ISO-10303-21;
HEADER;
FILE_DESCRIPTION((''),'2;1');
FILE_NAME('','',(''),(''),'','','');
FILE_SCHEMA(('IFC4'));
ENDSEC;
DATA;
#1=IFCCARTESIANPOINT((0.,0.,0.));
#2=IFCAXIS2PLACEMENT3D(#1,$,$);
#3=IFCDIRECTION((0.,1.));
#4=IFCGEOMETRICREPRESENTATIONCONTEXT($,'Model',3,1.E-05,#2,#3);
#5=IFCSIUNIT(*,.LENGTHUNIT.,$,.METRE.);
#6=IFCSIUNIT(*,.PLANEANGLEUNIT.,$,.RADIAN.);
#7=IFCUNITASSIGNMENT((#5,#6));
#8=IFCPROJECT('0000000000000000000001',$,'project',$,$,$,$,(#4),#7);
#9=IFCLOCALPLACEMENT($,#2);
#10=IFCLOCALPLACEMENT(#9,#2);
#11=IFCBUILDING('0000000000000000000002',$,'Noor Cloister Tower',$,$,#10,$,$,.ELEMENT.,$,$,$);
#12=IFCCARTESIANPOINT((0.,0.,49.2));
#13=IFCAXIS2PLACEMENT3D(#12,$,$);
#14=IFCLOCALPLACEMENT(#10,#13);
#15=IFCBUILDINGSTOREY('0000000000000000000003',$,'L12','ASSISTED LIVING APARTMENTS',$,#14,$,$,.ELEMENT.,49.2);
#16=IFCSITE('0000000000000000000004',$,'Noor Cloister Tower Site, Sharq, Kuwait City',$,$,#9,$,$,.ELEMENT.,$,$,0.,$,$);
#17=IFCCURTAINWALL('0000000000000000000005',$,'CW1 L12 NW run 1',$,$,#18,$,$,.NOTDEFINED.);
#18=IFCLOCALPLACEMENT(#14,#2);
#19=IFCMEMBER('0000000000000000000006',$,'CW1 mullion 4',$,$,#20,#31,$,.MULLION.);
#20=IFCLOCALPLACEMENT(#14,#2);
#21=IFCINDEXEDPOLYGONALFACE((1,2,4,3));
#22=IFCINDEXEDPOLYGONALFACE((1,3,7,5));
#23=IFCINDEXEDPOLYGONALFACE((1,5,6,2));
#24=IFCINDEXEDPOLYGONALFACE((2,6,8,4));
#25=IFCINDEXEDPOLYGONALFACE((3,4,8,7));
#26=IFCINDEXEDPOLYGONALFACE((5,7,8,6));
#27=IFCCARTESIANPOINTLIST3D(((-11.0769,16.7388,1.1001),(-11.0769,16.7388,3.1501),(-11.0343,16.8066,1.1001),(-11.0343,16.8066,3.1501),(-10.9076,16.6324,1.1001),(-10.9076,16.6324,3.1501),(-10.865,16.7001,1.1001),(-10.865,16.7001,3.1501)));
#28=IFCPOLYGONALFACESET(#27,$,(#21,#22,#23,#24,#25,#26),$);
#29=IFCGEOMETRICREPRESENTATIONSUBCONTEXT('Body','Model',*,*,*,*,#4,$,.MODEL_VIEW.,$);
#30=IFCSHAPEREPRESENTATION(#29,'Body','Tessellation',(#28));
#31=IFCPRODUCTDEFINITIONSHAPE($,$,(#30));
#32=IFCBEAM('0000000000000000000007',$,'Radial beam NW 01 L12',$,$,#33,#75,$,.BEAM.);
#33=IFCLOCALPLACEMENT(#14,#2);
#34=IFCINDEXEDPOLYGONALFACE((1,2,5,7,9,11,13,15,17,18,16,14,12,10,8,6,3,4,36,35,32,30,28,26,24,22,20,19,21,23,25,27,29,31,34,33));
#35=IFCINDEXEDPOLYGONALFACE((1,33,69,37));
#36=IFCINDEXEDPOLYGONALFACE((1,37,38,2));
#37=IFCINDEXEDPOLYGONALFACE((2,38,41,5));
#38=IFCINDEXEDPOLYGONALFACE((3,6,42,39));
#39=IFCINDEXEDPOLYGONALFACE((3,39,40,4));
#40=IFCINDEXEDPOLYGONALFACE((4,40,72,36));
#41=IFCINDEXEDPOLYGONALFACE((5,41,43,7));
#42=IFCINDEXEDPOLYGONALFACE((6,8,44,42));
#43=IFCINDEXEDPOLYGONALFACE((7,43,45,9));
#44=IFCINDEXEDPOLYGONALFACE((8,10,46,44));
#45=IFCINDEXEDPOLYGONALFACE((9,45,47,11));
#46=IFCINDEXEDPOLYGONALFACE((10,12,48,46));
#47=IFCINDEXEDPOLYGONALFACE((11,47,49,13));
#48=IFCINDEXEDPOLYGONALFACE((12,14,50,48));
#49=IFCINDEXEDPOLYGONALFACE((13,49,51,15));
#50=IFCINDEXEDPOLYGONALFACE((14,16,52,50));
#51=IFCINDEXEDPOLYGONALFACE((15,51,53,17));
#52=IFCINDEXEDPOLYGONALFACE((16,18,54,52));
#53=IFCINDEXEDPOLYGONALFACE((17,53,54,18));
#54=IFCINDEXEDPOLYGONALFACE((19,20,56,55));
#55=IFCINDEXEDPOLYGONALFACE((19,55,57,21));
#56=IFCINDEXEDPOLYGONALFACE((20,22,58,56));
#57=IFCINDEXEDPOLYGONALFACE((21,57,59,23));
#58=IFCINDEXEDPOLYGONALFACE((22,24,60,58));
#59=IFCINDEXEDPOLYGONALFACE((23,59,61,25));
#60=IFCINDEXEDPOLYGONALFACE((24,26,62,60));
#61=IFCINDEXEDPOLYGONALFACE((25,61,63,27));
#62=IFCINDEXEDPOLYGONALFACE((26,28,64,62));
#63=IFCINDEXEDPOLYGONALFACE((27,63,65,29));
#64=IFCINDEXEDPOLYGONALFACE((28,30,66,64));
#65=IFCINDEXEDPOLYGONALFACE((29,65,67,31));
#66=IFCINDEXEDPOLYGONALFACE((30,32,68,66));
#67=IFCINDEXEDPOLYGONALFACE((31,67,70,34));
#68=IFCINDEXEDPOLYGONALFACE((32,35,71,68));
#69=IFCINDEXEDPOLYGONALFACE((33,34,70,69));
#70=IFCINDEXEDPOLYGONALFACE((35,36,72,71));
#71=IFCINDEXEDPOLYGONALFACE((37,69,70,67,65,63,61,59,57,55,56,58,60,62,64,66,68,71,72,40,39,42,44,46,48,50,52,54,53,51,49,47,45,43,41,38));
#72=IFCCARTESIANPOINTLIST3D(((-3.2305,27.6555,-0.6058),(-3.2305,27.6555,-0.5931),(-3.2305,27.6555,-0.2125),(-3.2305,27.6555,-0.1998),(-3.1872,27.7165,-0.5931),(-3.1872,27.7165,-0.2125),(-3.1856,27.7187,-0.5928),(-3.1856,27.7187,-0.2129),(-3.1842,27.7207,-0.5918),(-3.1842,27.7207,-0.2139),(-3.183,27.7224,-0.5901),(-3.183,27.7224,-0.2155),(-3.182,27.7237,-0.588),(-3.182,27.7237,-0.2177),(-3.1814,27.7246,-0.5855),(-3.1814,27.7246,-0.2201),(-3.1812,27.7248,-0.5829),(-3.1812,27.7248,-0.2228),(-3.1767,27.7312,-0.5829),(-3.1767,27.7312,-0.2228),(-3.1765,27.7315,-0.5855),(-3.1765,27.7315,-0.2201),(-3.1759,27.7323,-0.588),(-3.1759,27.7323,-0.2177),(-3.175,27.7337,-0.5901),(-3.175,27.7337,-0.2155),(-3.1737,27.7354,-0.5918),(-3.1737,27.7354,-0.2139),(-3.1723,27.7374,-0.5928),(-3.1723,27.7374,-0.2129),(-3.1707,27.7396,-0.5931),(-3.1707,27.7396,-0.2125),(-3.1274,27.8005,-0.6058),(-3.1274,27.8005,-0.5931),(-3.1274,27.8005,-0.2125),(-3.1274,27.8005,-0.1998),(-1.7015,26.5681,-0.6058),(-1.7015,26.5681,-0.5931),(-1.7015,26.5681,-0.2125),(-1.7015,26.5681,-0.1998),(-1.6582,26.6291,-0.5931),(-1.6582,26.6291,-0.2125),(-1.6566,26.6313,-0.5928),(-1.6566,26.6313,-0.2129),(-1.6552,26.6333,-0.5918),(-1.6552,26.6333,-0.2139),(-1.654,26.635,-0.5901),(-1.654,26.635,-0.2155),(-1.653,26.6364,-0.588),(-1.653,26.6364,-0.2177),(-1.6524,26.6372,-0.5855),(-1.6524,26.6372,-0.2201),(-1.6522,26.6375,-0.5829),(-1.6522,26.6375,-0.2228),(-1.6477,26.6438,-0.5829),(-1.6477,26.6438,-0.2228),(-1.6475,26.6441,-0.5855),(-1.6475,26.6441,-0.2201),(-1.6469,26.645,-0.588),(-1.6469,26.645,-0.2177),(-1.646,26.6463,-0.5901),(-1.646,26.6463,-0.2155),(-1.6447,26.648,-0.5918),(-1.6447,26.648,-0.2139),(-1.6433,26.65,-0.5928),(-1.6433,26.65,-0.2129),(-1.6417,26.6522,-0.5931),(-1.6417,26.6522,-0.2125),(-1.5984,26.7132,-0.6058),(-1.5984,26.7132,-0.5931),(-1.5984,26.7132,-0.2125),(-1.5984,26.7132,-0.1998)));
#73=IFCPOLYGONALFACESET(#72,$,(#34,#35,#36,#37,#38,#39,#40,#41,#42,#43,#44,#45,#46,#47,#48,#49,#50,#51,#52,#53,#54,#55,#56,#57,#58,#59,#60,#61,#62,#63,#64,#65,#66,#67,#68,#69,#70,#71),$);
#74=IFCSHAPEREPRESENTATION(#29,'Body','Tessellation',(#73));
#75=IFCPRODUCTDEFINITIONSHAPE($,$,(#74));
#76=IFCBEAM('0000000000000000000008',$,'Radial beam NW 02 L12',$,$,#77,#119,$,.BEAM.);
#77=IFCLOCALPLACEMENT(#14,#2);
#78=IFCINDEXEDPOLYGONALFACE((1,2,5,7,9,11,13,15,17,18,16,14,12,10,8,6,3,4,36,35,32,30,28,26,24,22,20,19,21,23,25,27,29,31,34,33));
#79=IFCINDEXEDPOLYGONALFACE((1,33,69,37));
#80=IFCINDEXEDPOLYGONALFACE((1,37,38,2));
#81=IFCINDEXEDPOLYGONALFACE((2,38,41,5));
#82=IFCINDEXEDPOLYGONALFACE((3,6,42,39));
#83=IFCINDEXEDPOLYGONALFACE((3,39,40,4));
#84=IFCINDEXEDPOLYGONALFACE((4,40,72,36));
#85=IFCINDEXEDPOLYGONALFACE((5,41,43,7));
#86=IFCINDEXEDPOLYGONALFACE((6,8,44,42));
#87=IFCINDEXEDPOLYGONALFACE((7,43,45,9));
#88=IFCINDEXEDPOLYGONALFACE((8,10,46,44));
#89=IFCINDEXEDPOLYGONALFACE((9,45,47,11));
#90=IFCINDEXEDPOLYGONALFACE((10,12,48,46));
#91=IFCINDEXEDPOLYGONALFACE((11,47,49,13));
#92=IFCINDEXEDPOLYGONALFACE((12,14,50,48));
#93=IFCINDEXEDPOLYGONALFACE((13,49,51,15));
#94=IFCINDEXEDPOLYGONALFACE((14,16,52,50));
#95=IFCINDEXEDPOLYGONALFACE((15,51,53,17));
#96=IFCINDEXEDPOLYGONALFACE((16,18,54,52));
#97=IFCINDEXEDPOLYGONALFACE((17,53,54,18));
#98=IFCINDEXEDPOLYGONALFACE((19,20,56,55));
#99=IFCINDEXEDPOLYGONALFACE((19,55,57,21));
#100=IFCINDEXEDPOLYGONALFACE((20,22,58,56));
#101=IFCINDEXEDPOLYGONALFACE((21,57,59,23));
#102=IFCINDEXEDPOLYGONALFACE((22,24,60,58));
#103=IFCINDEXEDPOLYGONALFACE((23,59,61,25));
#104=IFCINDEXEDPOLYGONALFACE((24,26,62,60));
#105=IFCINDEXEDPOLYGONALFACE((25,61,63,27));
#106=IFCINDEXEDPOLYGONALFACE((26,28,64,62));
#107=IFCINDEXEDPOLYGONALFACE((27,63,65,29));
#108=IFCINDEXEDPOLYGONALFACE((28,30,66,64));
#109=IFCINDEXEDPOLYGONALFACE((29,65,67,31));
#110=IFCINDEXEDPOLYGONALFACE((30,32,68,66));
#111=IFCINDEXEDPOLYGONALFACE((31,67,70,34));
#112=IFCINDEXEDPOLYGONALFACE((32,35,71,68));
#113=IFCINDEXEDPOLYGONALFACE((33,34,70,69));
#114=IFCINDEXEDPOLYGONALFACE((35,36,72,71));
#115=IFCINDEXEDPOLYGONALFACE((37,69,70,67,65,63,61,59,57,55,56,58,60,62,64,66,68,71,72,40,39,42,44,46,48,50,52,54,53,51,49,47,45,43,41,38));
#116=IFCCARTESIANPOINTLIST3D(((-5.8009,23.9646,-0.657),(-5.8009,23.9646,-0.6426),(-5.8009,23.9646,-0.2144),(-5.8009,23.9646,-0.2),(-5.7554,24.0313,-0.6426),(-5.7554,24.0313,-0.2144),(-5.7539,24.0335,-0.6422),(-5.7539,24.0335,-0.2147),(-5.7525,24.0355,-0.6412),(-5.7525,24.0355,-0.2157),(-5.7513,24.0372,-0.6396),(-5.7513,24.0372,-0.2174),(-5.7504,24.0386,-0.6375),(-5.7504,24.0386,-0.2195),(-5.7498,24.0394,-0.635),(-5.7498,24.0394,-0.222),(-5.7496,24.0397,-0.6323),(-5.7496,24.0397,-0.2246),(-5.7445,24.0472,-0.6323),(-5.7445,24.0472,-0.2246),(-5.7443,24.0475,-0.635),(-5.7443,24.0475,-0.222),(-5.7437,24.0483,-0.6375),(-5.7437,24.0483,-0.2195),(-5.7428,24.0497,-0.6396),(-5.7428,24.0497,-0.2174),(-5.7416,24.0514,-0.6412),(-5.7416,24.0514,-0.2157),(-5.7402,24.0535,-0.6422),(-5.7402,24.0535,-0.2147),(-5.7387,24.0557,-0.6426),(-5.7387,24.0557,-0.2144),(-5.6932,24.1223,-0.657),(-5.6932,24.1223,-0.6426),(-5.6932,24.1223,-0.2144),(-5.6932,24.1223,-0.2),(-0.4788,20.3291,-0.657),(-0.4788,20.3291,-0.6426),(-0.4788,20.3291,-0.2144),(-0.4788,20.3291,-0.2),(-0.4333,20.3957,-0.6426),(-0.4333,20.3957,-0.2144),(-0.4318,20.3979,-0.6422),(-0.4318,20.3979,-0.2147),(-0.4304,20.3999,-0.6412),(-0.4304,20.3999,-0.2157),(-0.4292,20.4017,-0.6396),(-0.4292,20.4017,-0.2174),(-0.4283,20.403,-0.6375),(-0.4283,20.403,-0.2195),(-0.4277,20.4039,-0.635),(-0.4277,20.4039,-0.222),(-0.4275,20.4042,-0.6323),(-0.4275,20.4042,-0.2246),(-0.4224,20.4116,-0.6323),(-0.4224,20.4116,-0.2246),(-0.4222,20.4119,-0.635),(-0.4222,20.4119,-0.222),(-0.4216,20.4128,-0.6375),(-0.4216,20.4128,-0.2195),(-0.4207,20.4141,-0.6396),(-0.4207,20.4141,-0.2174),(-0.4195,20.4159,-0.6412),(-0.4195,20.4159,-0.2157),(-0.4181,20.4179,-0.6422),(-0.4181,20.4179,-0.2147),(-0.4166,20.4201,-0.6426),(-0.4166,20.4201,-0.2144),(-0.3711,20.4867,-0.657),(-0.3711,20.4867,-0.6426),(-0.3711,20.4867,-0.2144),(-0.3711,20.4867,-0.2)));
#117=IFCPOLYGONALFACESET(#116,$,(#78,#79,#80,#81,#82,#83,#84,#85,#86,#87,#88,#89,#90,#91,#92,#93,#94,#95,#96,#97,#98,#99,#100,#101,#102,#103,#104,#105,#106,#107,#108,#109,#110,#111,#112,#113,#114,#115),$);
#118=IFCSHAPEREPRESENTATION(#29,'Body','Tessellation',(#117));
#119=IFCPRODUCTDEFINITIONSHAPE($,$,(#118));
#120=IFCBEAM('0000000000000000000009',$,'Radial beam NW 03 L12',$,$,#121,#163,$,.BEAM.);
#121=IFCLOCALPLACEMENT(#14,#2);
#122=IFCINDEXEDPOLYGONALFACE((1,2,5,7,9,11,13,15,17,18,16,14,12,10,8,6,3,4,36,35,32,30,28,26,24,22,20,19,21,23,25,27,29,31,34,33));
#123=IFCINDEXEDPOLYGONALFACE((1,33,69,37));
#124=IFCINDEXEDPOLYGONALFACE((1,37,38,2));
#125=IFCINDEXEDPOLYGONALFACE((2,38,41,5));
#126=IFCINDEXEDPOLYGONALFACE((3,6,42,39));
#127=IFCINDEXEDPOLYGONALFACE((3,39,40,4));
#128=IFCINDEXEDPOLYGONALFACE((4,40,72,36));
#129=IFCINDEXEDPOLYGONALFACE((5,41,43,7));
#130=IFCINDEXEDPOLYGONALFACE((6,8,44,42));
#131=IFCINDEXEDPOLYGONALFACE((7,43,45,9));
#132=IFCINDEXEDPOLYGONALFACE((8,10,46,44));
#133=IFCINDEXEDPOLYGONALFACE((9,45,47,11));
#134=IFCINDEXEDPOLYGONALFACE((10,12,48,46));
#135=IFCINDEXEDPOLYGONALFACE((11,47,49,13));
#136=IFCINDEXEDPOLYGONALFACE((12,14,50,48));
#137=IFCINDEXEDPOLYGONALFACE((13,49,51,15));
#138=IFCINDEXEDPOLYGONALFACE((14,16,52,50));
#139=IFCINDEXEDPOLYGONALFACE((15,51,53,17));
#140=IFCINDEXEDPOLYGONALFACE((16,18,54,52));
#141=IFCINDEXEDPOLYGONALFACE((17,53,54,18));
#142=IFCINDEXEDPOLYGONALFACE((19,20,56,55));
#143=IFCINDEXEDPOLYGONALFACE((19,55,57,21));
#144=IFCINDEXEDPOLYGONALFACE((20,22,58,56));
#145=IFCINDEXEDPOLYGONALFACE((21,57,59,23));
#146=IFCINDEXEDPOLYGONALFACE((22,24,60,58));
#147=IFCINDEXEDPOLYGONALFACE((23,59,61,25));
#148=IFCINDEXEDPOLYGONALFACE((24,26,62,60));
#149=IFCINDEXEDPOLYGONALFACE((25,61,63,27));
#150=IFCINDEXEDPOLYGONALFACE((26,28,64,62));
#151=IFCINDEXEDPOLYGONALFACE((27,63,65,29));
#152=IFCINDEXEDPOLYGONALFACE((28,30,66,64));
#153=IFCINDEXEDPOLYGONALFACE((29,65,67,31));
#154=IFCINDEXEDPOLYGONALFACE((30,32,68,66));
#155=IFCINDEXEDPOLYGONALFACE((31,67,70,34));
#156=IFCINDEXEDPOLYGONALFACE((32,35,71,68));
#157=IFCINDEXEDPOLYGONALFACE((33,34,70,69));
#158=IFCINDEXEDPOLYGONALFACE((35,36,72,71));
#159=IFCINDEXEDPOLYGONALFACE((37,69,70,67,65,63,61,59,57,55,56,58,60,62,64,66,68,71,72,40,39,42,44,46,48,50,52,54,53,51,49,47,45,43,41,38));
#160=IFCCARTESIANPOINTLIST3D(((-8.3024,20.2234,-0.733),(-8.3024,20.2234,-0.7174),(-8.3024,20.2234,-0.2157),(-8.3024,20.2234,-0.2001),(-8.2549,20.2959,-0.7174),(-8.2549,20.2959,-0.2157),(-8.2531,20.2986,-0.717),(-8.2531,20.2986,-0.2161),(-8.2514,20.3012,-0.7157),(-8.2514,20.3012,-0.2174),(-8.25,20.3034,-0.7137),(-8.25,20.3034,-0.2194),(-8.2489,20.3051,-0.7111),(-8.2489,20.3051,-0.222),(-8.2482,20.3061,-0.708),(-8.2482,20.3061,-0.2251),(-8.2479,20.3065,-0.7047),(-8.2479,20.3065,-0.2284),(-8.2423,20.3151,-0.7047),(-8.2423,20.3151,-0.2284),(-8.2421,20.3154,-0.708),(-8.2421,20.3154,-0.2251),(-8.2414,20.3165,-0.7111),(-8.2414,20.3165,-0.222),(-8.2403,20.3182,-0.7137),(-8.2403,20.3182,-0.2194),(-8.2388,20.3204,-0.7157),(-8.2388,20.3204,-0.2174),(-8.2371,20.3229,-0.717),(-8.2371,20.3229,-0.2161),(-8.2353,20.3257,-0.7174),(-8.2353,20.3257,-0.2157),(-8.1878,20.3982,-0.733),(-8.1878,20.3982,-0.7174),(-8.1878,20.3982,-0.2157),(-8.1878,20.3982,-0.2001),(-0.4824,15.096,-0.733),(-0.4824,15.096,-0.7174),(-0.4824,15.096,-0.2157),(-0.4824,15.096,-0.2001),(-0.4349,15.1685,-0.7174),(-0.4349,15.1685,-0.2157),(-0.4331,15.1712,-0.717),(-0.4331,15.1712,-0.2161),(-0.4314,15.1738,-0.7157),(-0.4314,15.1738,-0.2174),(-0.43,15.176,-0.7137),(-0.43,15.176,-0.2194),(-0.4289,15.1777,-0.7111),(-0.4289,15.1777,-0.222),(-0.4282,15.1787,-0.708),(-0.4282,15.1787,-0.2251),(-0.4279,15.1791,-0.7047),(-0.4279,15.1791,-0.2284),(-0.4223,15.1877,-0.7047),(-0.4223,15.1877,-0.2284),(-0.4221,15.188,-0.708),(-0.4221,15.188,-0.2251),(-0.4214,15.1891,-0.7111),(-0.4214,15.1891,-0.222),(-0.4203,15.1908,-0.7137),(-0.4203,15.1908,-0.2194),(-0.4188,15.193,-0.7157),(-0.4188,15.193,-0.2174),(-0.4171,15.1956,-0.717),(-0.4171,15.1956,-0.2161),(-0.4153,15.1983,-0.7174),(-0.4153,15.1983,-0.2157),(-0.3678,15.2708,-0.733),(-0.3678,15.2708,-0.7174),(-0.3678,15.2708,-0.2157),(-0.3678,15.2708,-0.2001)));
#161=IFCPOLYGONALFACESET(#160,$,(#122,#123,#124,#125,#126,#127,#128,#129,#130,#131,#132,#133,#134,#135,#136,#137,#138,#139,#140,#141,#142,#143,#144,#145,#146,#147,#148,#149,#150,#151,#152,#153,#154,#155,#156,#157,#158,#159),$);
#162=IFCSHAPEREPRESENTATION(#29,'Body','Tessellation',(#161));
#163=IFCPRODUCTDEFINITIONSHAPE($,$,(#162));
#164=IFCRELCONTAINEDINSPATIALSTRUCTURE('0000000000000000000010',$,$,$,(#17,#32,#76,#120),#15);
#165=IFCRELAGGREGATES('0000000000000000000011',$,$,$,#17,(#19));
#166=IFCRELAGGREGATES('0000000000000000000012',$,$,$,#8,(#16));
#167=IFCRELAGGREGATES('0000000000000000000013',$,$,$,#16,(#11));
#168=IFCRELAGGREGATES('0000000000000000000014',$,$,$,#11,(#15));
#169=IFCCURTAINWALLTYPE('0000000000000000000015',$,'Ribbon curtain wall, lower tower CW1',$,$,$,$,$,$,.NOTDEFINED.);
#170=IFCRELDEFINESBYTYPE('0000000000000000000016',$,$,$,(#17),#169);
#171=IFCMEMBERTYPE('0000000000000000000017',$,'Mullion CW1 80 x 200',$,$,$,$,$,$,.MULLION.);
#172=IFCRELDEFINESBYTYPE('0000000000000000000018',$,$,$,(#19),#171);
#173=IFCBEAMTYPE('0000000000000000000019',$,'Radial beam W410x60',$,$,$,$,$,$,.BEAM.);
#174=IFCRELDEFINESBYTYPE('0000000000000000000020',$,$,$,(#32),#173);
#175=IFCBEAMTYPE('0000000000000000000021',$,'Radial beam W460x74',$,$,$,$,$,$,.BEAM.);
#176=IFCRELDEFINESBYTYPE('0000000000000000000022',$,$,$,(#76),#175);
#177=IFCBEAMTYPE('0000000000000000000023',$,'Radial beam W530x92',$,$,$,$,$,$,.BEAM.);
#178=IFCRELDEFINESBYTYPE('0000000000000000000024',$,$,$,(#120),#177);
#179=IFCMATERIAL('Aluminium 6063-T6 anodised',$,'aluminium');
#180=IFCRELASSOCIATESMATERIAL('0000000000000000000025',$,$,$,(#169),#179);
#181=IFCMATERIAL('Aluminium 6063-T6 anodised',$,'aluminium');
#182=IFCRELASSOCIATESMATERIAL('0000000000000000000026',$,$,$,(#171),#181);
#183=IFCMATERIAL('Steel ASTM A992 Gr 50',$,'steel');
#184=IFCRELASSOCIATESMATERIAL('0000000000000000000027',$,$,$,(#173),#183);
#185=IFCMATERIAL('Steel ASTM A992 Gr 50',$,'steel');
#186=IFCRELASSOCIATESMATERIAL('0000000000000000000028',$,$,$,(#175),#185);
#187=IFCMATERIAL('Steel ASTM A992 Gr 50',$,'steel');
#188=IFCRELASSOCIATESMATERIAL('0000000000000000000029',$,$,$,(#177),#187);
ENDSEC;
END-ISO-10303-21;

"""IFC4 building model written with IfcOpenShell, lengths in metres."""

from ifc_helpers import new_model, si_unit, direction, frame, origin, origin_2d, place, context, subcontext, project, spatial, rectangle, i_section, extrude, material, material_profile, profile_set, type_object, element, aggregate, save


model = new_model("IFC4")

# Units and contexts
model_context = context("Model", 3, precision=1e-05, world=origin(), true_north=direction((0.0, 1.0)))
body_context = subcontext(model_context, "Body", "Model", "MODEL_VIEW")
ifc_project = project(units=[si_unit("LENGTHUNIT", "METRE"), si_unit("PLANEANGLEUNIT", "RADIAN")], contexts=[model_context])

# Site, building, storey
site_placement = place(None, origin())
site = spatial("IfcSite", under=ifc_project, at=site_placement, Name="Noor Cloister Tower Site, Sharq, Kuwait City", CompositionType="ELEMENT", RefElevation=0.0)
building_placement = place(site_placement, origin())
building = spatial("IfcBuilding", under=site, at=building_placement, Name="Noor Cloister Tower", CompositionType="ELEMENT")
storey_placement = place(building_placement, frame((0.0, 0.0, 49.2)))
storey = spatial("IfcBuildingStorey", under=building, at=storey_placement, Name="L12", Description="ASSISTED LIVING APARTMENTS", CompositionType="ELEMENT", Elevation=49.2)

# Curtain wall, member
ifc_material_1 = material(Name="Aluminium 6063-T6 anodised", Category="aluminium")
curtain_wall_type = type_object("IfcCurtainWallType", Name="Ribbon curtain wall, lower tower CW1", PredefinedType="NOTDEFINED", material=ifc_material_1)
curtain_wall_placement = place(storey_placement, origin())
curtain_wall = element("IfcCurtainWall", 1, at=curtain_wall_placement, inside=storey, type_object=curtain_wall_type, Name="CW1 L12 NW run 1", PredefinedType="NOTDEFINED")
ifc_material_2 = material(Name="Aluminium 6063-T6 anodised", Category="aluminium")
ifc_material_profile_1 = material_profile(ifc_material_2, rectangle(XDim=0.2, YDim=0.0801, at=origin_2d()), Name="200 x 80 mullion")
ifc_profile_set_1 = profile_set([ifc_material_profile_1], Name="Aluminium 6063-T6 anodised")
member_type = type_object("IfcMemberType", Name="Mullion CW1 80 x 200", PredefinedType="MULLION", material=ifc_profile_set_1)
member_1_placement = place(storey_placement, frame((-10.9709, 16.7195, 1.1001), z_axis=(0.0, 0.0, 1.0), x_axis=(0.846494, -0.532398, 0.0)))
member_1 = element("IfcMember", 2, at=member_1_placement, type_object=member_type, Name="CW1 mullion 4", PredefinedType="MULLION", context=body_context, shape_type="SweptSolid", body=[
    extrude(rectangle(XDim=0.2, YDim=0.0801, at=origin_2d()), origin(), (0.0, 0.0, 1.0), 2.05),
])

# Beams
ifc_material_3 = material(Name="Steel ASTM A992 Gr 50", Category="steel")
ifc_material_profile_2 = material_profile(ifc_material_3, i_section(OverallWidth=0.178, OverallDepth=0.406, WebThickness=0.0078, FlangeThickness=0.0127, FilletRadius=0.0103, at=origin_2d()), Name="W410x60")
ifc_profile_set_2 = profile_set([ifc_material_profile_2], Name="Steel ASTM A992 Gr 50")
beam_type_1 = type_object("IfcBeamType", Name="Radial beam W410x60", PredefinedType="BEAM", material=ifc_profile_set_2)
beam_1_placement = place(storey_placement, frame((-3.179, 27.728, -0.4028), z_axis=(0.814936, -0.579551, 0.0), x_axis=(0.579551, 0.814936, 0.0)))
element("IfcBeam", 3, at=beam_1_placement, inside=storey, type_object=beam_type_1, Name="Radial beam NW 01 L12", PredefinedType="BEAM", context=body_context, shape_type="SweptSolid", body=[
    extrude(i_section(OverallWidth=0.178, OverallDepth=0.406, WebThickness=0.0078, FlangeThickness=0.0127, FilletRadius=0.0103, at=origin_2d()), origin(), (0.0, 0.0, 1.0), 1.8762),
])
ifc_material_4 = material(Name="Steel ASTM A992 Gr 50", Category="steel")
ifc_material_profile_3 = material_profile(ifc_material_4, i_section(OverallWidth=0.1909, OverallDepth=0.457, WebThickness=0.009, FlangeThickness=0.0144, FilletRadius=0.0103, at=origin_2d()), Name="W460x74")
ifc_profile_set_3 = profile_set([ifc_material_profile_3], Name="Steel ASTM A992 Gr 50")
beam_type_2 = type_object("IfcBeamType", Name="Radial beam W460x74", PredefinedType="BEAM", material=ifc_profile_set_3)
beam_2_placement = place(storey_placement, frame((-5.7471, 24.0435, -0.4285), z_axis=(0.825733, -0.564062, 0.0), x_axis=(0.564062, 0.825733, 0.0)))
element("IfcBeam", 4, at=beam_2_placement, inside=storey, type_object=beam_type_2, Name="Radial beam NW 02 L12", PredefinedType="BEAM", context=body_context, shape_type="SweptSolid", body=[
    extrude(i_section(OverallWidth=0.1909, OverallDepth=0.457, WebThickness=0.009, FlangeThickness=0.0144, FilletRadius=0.0103, at=origin_2d()), origin(), (0.0, 0.0, 1.0), 6.4453),
])
ifc_material_5 = material(Name="Steel ASTM A992 Gr 50", Category="steel")
ifc_material_profile_4 = material_profile(ifc_material_5, i_section(OverallWidth=0.209, OverallDepth=0.533, WebThickness=0.0103, FlangeThickness=0.0156, FilletRadius=0.0127, at=origin_2d()), Name="W530x92")
ifc_profile_set_4 = profile_set([ifc_material_profile_4], Name="Steel ASTM A992 Gr 50")
beam_type_3 = type_object("IfcBeamType", Name="Radial beam W530x92", PredefinedType="BEAM", material=ifc_profile_set_4)
beam_3_placement = place(storey_placement, frame((-8.2451, 20.3108, -0.4666), z_axis=(0.836268, -0.548322, 0.0), x_axis=(0.548322, 0.836268, 0.0)))
element("IfcBeam", 5, at=beam_3_placement, inside=storey, type_object=beam_type_3, Name="Radial beam NW 03 L12", PredefinedType="BEAM", context=body_context, shape_type="SweptSolid", body=[
    extrude(i_section(OverallWidth=0.209, OverallDepth=0.533, WebThickness=0.0103, FlangeThickness=0.0156, FilletRadius=0.0127, at=origin_2d()), origin(), (0.0, 0.0, 1.0), 9.3511),
])

aggregate(curtain_wall, [member_1])

save(model, "model.ifc")
